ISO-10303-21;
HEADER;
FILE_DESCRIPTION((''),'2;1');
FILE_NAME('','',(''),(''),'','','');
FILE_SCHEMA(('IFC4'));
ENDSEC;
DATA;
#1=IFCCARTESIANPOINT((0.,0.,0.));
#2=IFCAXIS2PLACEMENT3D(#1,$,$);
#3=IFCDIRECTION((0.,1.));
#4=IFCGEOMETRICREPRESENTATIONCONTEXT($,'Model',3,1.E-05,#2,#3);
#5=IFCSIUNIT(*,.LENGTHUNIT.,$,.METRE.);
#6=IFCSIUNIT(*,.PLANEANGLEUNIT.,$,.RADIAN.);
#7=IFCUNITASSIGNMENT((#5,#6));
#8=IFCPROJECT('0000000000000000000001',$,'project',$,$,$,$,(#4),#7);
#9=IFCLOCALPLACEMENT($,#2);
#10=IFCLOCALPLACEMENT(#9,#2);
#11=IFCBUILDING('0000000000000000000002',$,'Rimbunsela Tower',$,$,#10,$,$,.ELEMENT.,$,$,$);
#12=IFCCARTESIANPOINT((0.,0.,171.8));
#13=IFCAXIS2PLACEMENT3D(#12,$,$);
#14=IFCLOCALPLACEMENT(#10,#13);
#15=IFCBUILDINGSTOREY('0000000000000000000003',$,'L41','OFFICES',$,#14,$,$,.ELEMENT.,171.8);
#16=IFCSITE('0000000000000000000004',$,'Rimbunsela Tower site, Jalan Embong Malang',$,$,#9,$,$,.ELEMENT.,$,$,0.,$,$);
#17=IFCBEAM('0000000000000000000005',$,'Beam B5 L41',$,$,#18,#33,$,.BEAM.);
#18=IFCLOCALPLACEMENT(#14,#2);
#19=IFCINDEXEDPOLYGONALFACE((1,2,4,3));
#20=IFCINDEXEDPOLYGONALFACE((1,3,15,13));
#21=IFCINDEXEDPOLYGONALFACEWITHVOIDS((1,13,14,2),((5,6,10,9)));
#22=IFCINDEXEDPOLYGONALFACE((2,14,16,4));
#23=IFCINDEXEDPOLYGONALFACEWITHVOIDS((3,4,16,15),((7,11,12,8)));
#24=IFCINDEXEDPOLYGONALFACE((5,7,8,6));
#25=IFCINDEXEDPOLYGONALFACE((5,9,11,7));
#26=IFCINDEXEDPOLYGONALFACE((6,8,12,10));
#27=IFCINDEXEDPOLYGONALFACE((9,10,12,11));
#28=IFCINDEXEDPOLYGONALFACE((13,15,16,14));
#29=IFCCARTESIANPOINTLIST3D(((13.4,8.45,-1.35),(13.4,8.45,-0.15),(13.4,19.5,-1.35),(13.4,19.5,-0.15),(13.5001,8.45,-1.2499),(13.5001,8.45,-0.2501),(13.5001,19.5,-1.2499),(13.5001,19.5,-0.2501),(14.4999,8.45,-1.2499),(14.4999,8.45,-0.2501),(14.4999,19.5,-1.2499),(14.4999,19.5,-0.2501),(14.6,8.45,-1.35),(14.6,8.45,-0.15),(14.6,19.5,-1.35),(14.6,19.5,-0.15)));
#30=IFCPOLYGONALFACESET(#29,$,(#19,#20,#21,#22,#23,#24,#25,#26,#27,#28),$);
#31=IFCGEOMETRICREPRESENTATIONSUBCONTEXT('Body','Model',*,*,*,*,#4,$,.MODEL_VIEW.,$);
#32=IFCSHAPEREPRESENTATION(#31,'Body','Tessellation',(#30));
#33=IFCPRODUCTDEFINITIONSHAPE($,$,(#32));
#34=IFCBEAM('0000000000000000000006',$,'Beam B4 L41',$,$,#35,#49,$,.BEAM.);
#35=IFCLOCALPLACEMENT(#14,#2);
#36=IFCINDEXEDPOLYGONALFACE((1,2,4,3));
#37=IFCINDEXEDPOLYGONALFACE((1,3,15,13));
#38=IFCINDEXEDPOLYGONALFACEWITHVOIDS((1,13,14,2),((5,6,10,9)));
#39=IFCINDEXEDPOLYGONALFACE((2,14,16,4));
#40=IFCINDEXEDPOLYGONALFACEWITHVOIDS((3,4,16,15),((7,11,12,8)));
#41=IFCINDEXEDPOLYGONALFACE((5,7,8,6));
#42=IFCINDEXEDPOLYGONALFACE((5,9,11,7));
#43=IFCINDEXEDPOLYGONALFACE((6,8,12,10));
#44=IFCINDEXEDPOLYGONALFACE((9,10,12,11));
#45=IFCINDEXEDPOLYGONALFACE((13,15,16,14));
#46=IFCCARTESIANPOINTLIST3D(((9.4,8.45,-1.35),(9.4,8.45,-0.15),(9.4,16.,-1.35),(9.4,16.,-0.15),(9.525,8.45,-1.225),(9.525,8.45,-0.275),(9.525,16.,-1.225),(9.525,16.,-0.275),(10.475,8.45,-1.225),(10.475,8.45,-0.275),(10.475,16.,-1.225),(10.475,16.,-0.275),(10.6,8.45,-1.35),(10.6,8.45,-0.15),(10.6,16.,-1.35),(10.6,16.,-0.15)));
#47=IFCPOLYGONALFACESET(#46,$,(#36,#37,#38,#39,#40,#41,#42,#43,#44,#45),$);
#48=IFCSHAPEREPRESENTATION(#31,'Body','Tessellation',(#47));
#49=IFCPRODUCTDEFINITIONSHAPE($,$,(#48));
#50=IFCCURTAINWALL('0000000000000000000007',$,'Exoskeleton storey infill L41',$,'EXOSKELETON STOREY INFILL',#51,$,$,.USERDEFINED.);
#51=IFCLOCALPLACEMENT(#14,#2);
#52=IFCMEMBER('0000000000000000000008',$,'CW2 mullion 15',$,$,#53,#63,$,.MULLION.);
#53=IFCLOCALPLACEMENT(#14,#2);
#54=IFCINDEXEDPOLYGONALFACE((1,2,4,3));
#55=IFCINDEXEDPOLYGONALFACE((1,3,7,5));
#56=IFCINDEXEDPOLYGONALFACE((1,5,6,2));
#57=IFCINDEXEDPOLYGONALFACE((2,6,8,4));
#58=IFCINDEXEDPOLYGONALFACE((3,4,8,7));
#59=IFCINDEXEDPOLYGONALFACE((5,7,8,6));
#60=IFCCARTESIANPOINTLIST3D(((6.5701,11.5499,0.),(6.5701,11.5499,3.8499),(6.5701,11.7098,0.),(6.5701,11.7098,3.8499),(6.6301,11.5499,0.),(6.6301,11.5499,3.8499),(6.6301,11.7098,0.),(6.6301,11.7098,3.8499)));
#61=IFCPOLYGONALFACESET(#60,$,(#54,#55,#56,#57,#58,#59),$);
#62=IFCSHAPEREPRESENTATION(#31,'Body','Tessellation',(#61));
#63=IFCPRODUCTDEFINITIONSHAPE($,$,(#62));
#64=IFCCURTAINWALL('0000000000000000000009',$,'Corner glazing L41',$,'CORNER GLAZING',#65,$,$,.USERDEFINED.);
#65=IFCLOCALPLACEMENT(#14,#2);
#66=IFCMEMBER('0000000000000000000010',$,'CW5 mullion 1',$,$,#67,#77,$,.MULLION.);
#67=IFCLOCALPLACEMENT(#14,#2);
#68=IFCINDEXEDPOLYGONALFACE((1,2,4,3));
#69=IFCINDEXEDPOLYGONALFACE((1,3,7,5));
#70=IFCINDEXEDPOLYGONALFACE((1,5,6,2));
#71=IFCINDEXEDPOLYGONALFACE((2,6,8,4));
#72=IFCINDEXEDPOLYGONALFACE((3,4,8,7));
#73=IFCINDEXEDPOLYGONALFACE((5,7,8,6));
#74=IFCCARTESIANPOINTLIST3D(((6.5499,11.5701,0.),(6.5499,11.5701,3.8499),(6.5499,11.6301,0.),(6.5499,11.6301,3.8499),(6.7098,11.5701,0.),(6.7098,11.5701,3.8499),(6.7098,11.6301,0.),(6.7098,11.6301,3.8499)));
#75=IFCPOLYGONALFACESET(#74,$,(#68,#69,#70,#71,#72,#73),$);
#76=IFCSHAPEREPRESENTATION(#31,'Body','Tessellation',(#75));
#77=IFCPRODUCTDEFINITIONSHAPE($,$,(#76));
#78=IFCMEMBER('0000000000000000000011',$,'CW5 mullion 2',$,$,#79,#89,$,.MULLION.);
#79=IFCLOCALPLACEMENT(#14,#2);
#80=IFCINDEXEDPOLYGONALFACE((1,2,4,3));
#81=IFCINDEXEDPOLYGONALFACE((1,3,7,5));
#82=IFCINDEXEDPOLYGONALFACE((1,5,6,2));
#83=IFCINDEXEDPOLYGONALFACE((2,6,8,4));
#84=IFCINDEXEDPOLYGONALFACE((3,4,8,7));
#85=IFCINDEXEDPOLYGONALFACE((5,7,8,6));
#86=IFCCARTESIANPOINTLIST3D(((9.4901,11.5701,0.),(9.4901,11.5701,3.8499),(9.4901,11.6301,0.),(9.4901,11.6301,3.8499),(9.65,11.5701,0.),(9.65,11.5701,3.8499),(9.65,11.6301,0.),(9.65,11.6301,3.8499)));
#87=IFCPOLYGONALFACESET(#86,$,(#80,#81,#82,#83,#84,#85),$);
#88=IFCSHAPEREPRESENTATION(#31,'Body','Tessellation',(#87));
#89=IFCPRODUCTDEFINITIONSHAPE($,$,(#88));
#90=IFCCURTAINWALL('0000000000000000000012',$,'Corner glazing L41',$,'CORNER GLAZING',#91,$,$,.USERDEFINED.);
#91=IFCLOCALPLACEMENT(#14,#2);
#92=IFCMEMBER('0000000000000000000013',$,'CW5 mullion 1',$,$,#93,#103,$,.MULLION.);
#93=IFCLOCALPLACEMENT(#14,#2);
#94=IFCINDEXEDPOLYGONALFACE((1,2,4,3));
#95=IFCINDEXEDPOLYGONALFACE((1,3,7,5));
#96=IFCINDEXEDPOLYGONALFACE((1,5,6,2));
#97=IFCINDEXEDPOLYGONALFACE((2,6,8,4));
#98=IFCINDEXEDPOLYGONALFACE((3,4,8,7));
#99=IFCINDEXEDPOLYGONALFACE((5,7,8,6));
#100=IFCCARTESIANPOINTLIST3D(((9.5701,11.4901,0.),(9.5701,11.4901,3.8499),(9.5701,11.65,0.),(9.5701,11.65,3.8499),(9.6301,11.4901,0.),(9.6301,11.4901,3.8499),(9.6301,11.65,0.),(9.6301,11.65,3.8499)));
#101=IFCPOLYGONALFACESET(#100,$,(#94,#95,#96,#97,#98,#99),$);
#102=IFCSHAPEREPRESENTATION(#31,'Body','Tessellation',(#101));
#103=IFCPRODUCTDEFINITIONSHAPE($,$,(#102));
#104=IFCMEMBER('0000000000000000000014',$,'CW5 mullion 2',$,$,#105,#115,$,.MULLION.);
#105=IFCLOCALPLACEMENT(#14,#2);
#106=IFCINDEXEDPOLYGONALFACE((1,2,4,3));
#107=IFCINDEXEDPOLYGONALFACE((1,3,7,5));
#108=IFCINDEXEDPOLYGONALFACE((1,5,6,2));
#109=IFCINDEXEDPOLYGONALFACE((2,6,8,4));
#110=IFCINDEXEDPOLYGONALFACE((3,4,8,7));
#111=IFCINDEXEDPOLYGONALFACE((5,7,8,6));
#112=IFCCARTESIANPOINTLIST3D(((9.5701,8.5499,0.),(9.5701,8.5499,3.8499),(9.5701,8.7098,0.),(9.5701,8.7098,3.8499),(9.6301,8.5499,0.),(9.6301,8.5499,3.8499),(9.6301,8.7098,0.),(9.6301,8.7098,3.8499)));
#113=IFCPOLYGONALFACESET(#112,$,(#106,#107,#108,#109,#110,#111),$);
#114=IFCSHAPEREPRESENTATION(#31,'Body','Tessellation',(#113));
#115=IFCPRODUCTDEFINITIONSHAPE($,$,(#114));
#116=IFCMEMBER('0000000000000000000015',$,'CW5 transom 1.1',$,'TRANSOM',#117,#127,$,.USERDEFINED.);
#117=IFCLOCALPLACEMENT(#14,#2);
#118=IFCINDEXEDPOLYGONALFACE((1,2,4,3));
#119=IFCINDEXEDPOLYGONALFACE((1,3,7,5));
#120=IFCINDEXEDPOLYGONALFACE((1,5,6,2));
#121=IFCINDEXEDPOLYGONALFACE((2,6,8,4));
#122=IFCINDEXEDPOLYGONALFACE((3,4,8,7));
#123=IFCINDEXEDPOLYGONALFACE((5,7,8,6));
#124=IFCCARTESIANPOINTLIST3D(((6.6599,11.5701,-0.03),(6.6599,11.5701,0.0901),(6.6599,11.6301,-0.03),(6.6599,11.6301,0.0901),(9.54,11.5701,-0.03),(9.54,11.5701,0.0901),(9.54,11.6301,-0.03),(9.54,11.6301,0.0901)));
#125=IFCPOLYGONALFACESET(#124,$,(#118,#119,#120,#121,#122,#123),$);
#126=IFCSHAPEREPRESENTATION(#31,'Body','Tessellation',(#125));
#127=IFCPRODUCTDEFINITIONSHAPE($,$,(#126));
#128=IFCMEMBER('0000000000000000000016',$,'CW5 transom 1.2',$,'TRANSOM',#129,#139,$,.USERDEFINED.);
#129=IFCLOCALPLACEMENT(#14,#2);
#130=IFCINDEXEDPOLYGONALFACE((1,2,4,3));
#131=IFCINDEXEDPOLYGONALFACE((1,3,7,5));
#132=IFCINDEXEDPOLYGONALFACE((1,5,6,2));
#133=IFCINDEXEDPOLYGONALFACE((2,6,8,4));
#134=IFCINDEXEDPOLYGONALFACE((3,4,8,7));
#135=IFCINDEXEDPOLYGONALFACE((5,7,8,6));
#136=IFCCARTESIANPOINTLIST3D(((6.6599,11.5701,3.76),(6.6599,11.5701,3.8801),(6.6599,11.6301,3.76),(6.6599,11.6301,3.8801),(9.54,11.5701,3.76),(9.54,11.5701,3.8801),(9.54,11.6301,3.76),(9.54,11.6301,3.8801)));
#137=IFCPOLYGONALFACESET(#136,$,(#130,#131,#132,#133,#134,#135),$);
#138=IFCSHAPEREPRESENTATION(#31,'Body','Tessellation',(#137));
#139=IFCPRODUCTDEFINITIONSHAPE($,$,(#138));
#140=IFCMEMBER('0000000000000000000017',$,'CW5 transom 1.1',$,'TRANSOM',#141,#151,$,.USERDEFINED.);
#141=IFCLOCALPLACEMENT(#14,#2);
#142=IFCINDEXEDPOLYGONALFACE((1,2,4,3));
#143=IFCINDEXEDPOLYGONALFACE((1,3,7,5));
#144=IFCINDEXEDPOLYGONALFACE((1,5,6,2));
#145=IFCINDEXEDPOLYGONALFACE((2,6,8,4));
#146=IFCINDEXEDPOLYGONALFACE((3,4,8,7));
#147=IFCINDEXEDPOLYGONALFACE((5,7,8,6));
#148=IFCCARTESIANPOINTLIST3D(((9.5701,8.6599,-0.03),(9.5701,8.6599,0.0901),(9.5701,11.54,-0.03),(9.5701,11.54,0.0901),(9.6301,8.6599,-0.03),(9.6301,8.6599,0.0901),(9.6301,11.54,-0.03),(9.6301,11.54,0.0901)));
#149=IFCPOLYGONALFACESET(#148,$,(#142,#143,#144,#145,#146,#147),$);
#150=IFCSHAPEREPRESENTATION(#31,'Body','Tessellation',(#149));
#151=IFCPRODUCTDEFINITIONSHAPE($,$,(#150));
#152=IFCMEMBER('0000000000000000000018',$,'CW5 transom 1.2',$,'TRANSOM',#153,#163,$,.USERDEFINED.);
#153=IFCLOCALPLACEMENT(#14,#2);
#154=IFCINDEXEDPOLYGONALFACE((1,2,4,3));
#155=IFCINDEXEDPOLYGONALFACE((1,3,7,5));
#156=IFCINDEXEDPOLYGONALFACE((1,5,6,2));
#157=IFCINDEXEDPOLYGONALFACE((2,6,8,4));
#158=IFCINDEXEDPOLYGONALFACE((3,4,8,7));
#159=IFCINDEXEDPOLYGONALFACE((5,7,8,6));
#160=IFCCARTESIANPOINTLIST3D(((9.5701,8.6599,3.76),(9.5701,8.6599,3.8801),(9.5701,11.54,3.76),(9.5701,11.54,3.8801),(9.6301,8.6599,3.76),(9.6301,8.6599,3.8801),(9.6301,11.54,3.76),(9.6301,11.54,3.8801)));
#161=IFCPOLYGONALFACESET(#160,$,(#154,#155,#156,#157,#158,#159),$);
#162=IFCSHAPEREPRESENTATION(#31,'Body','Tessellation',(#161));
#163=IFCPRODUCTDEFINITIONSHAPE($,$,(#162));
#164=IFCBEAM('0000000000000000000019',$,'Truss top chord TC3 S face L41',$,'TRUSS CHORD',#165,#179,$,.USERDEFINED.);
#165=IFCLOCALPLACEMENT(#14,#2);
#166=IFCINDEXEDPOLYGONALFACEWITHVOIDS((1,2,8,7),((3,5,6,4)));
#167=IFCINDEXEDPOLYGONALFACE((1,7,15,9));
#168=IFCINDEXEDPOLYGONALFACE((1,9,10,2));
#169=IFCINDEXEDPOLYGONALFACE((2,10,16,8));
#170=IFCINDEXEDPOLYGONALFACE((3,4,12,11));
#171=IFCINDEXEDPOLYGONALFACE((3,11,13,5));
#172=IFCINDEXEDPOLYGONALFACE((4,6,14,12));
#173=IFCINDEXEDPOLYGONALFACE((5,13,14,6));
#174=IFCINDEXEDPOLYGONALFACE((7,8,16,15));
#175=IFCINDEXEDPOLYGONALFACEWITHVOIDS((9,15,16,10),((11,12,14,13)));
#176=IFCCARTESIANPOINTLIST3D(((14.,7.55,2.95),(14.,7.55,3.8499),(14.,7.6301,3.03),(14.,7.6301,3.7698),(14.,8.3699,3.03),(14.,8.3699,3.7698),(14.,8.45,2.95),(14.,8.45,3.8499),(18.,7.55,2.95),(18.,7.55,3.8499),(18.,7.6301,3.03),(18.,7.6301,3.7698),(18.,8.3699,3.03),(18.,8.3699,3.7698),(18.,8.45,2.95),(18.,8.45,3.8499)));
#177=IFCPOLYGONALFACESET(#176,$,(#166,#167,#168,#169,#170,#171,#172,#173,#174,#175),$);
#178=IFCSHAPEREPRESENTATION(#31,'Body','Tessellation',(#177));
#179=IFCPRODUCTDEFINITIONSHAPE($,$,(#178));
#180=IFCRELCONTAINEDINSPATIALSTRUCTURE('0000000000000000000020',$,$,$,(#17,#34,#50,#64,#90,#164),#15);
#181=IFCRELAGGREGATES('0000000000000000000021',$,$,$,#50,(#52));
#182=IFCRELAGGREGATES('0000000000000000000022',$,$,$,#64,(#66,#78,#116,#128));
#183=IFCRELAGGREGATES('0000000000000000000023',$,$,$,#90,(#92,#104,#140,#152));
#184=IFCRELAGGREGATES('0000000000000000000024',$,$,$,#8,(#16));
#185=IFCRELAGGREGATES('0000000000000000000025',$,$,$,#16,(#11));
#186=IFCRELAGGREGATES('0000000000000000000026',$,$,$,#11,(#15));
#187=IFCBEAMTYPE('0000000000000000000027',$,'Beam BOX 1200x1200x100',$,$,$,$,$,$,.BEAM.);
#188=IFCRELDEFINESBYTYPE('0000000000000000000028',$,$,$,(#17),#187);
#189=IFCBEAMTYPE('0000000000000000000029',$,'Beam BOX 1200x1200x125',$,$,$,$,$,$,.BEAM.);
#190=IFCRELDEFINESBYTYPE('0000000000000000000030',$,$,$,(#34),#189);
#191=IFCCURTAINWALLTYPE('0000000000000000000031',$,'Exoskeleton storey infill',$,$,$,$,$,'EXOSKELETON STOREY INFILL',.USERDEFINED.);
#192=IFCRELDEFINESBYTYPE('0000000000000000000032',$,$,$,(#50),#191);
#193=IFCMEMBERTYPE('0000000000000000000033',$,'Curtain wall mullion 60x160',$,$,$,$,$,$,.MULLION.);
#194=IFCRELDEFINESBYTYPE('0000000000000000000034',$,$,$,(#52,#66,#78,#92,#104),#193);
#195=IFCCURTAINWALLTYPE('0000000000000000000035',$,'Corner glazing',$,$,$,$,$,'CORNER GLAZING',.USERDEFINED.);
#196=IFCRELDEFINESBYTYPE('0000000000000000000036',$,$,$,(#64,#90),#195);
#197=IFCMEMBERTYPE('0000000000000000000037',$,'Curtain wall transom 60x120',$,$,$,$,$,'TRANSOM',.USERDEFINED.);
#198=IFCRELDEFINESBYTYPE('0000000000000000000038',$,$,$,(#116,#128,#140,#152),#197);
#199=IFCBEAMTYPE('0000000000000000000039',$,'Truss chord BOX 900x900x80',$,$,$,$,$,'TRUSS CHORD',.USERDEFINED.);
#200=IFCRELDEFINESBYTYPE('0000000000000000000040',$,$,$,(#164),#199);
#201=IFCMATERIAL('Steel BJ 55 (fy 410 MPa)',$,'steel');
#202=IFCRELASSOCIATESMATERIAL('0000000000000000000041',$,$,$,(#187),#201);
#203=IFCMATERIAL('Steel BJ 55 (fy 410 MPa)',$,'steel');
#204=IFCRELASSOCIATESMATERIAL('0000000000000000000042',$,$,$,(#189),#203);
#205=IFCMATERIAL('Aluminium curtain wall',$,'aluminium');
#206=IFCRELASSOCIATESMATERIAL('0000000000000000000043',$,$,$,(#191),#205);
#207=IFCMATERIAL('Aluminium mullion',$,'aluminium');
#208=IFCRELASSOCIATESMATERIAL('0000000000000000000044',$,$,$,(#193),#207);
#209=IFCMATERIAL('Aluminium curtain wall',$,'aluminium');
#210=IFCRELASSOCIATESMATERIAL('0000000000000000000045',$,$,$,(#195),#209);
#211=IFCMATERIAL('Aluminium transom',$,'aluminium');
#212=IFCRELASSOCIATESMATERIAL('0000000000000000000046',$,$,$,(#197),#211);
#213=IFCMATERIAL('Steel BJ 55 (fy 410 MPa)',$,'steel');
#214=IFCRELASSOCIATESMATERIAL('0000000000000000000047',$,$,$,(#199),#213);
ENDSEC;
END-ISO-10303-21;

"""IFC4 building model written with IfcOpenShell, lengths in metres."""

from ifc_helpers import new_model, si_unit, direction, frame, origin, origin_2d, place, context, subcontext, project, spatial, rectangle, hollow_rectangle, extrude, material, material_profile, profile_set, type_object, element, aggregate, save


model = new_model("IFC4")

# Units and contexts
model_context = context("Model", 3, precision=1e-05, world=origin(), true_north=direction((0.0, 1.0)))
body_context = subcontext(model_context, "Body", "Model", "MODEL_VIEW")
ifc_project = project(units=[si_unit("LENGTHUNIT", "METRE"), si_unit("PLANEANGLEUNIT", "RADIAN")], contexts=[model_context])

# Site, building, storey
site_placement = place(None, origin())
site = spatial("IfcSite", under=ifc_project, at=site_placement, Name="Rimbunsela Tower site, Jalan Embong Malang", CompositionType="ELEMENT", RefElevation=0.0)
building_placement = place(site_placement, origin())
building = spatial("IfcBuilding", under=site, at=building_placement, Name="Rimbunsela Tower", CompositionType="ELEMENT")
storey_placement = place(building_placement, frame((0.0, 0.0, 171.8)))
storey = spatial("IfcBuildingStorey", under=building, at=storey_placement, Name="L41", Description="OFFICES", CompositionType="ELEMENT", Elevation=171.8)

# Beams
ifc_material_1 = material(Name="Steel BJ 55 (fy 410 MPa)", Category="steel")
ifc_material_profile_1 = material_profile(ifc_material_1, hollow_rectangle(XDim=1.2, YDim=1.2, WallThickness=0.1001, at=origin_2d()), Name="BOX 1200x1200x100")
ifc_profile_set_1 = profile_set([ifc_material_profile_1], Name="Steel BJ 55 (fy 410 MPa)")
beam_type_1 = type_object("IfcBeamType", Name="Beam BOX 1200x1200x100", PredefinedType="BEAM", material=ifc_profile_set_1)
beam_1_placement = place(storey_placement, frame((14.0, 8.45, -0.75), z_axis=(0.0, 1.0, 0.0), x_axis=(-1.0, 0.0, 0.0)))
element("IfcBeam", 1, at=beam_1_placement, inside=storey, type_object=beam_type_1, Name="Beam B5 L41", PredefinedType="BEAM", context=body_context, shape_type="SweptSolid", body=[
    extrude(hollow_rectangle(XDim=1.2, YDim=1.2, WallThickness=0.1001, at=origin_2d()), origin(), (0.0, 0.0, 1.0), 11.05),
])
ifc_material_2 = material(Name="Steel BJ 55 (fy 410 MPa)", Category="steel")
ifc_material_profile_2 = material_profile(ifc_material_2, hollow_rectangle(XDim=1.2, YDim=1.2, WallThickness=0.125, at=origin_2d()), Name="BOX 1200x1200x125")
ifc_profile_set_2 = profile_set([ifc_material_profile_2], Name="Steel BJ 55 (fy 410 MPa)")
beam_type_2 = type_object("IfcBeamType", Name="Beam BOX 1200x1200x125", PredefinedType="BEAM", material=ifc_profile_set_2)
beam_2_placement = place(storey_placement, frame((10.0, 8.45, -0.75), z_axis=(0.0, 1.0, 0.0), x_axis=(-1.0, 0.0, 0.0)))
element("IfcBeam", 2, at=beam_2_placement, inside=storey, type_object=beam_type_2, Name="Beam B4 L41", PredefinedType="BEAM", context=body_context, shape_type="SweptSolid", body=[
    extrude(hollow_rectangle(XDim=1.2, YDim=1.2, WallThickness=0.125, at=origin_2d()), origin(), (0.0, 0.0, 1.0), 7.55),
])

# Curtain wall, member
ifc_material_3 = material(Name="Aluminium curtain wall", Category="aluminium")
curtain_wall_type_1 = type_object("IfcCurtainWallType", Name="Exoskeleton storey infill", ElementType="EXOSKELETON STOREY INFILL", PredefinedType="USERDEFINED", material=ifc_material_3)
curtain_wall_1_placement = place(storey_placement, origin())
curtain_wall_1 = element("IfcCurtainWall", 3, at=curtain_wall_1_placement, inside=storey, type_object=curtain_wall_type_1, Name="Exoskeleton storey infill L41", ObjectType="EXOSKELETON STOREY INFILL", PredefinedType="USERDEFINED")
ifc_material_4 = material(Name="Aluminium mullion", Category="aluminium")
ifc_material_profile_3 = material_profile(ifc_material_4, rectangle(XDim=0.0601, YDim=0.1599, at=origin_2d()), Name="Mullion 60x160")
ifc_profile_set_3 = profile_set([ifc_material_profile_3], Name="Aluminium mullion")
member_type_1 = type_object("IfcMemberType", Name="Curtain wall mullion 60x160", PredefinedType="MULLION", material=ifc_profile_set_3)
member_1_placement = place(storey_placement, frame((6.6001, 11.6299, 0.0), z_axis=(0.0, 0.0, 1.0), x_axis=(1.0, 0.0, 0.0)))
member_1 = element("IfcMember", 4, at=member_1_placement, type_object=member_type_1, Name="CW2 mullion 15", PredefinedType="MULLION", context=body_context, shape_type="SweptSolid", body=[
    extrude(rectangle(XDim=0.0601, YDim=0.1599, at=origin_2d()), origin(), (0.0, 0.0, 1.0), 3.8499),
])
aggregate(curtain_wall_1, [member_1])

# Curtain walls, members
ifc_material_5 = material(Name="Aluminium curtain wall", Category="aluminium")
curtain_wall_type_2 = type_object("IfcCurtainWallType", Name="Corner glazing", ElementType="CORNER GLAZING", PredefinedType="USERDEFINED", material=ifc_material_5)
curtain_wall_2_placement = place(storey_placement, origin())
curtain_wall_2 = element("IfcCurtainWall", 5, at=curtain_wall_2_placement, inside=storey, type_object=curtain_wall_type_2, Name="Corner glazing L41", ObjectType="CORNER GLAZING", PredefinedType="USERDEFINED")
member_2_placement = place(storey_placement, frame((6.6299, 11.6001, 0.0), z_axis=(0.0, 0.0, 1.0), x_axis=(0.0, 1.0, 0.0)))
member_2 = element("IfcMember", 6, at=member_2_placement, type_object=member_type_1, Name="CW5 mullion 1", PredefinedType="MULLION", context=body_context, shape_type="SweptSolid", body=[
    extrude(rectangle(XDim=0.0601, YDim=0.1599, at=origin_2d()), origin(), (0.0, 0.0, 1.0), 3.8499),
])
member_3_placement = place(storey_placement, frame((9.5701, 11.6001, 0.0), z_axis=(0.0, 0.0, 1.0), x_axis=(0.0, 1.0, 0.0)))
member_3 = element("IfcMember", 7, at=member_3_placement, type_object=member_type_1, Name="CW5 mullion 2", PredefinedType="MULLION", context=body_context, shape_type="SweptSolid", body=[
    extrude(rectangle(XDim=0.0601, YDim=0.1599, at=origin_2d()), origin(), (0.0, 0.0, 1.0), 3.8499),
])
curtain_wall_3_placement = place(storey_placement, origin())
curtain_wall_3 = element("IfcCurtainWall", 8, at=curtain_wall_3_placement, inside=storey, type_object=curtain_wall_type_2, Name="Corner glazing L41", ObjectType="CORNER GLAZING", PredefinedType="USERDEFINED")
member_4_placement = place(storey_placement, frame((9.6001, 11.5701, 0.0), z_axis=(0.0, 0.0, 1.0), x_axis=(1.0, 0.0, 0.0)))
member_4 = element("IfcMember", 9, at=member_4_placement, type_object=member_type_1, Name="CW5 mullion 1", PredefinedType="MULLION", context=body_context, shape_type="SweptSolid", body=[
    extrude(rectangle(XDim=0.0601, YDim=0.1599, at=origin_2d()), origin(), (0.0, 0.0, 1.0), 3.8499),
])
member_5_placement = place(storey_placement, frame((9.6001, 8.6299, 0.0), z_axis=(0.0, 0.0, 1.0), x_axis=(1.0, 0.0, 0.0)))
member_5 = element("IfcMember", 10, at=member_5_placement, type_object=member_type_1, Name="CW5 mullion 2", PredefinedType="MULLION", context=body_context, shape_type="SweptSolid", body=[
    extrude(rectangle(XDim=0.0601, YDim=0.1599, at=origin_2d()), origin(), (0.0, 0.0, 1.0), 3.8499),
])

# Members
ifc_material_6 = material(Name="Aluminium transom", Category="aluminium")
ifc_material_profile_4 = material_profile(ifc_material_6, rectangle(XDim=0.0601, YDim=0.1201, at=origin_2d()), Name="Transom 60x120")
ifc_profile_set_4 = profile_set([ifc_material_profile_4], Name="Aluminium transom")
member_type_2 = type_object("IfcMemberType", Name="Curtain wall transom 60x120", ElementType="TRANSOM", PredefinedType="USERDEFINED", material=ifc_profile_set_4)
member_6_placement = place(storey_placement, frame((6.6599, 11.6001, 0.03), z_axis=(1.0, 0.0, 0.0), x_axis=(0.0, 1.0, 0.0)))
member_6 = element("IfcMember", 11, at=member_6_placement, type_object=member_type_2, Name="CW5 transom 1.1", ObjectType="TRANSOM", PredefinedType="USERDEFINED", context=body_context, shape_type="SweptSolid", body=[
    extrude(rectangle(XDim=0.0601, YDim=0.1201, at=origin_2d()), origin(), (0.0, 0.0, 1.0), 2.8801),
])
member_7_placement = place(storey_placement, frame((6.6599, 11.6001, 3.8201), z_axis=(1.0, 0.0, 0.0), x_axis=(0.0, 1.0, 0.0)))
member_7 = element("IfcMember", 12, at=member_7_placement, type_object=member_type_2, Name="CW5 transom 1.2", ObjectType="TRANSOM", PredefinedType="USERDEFINED", context=body_context, shape_type="SweptSolid", body=[
    extrude(rectangle(XDim=0.0601, YDim=0.1201, at=origin_2d()), origin(), (0.0, 0.0, 1.0), 2.8801),
])
member_8_placement = place(storey_placement, frame((9.6001, 11.54, 0.03), z_axis=(0.0, -1.0, 0.0), x_axis=(1.0, 0.0, 0.0)))
member_8 = element("IfcMember", 13, at=member_8_placement, type_object=member_type_2, Name="CW5 transom 1.1", ObjectType="TRANSOM", PredefinedType="USERDEFINED", context=body_context, shape_type="SweptSolid", body=[
    extrude(rectangle(XDim=0.0601, YDim=0.1201, at=origin_2d()), origin(), (0.0, 0.0, 1.0), 2.8801),
])
member_9_placement = place(storey_placement, frame((9.6001, 11.54, 3.8201), z_axis=(0.0, -1.0, 0.0), x_axis=(1.0, 0.0, 0.0)))
member_9 = element("IfcMember", 14, at=member_9_placement, type_object=member_type_2, Name="CW5 transom 1.2", ObjectType="TRANSOM", PredefinedType="USERDEFINED", context=body_context, shape_type="SweptSolid", body=[
    extrude(rectangle(XDim=0.0601, YDim=0.1201, at=origin_2d()), origin(), (0.0, 0.0, 1.0), 2.8801),
])

# Beam
ifc_material_7 = material(Name="Steel BJ 55 (fy 410 MPa)", Category="steel")
ifc_material_profile_5 = material_profile(ifc_material_7, hollow_rectangle(XDim=0.8999, YDim=0.8999, WallThickness=0.0801, at=origin_2d()), Name="BOX 900x900x80")
ifc_profile_set_5 = profile_set([ifc_material_profile_5], Name="Steel BJ 55 (fy 410 MPa)")
beam_type_3 = type_object("IfcBeamType", Name="Truss chord BOX 900x900x80", ElementType="TRUSS CHORD", PredefinedType="USERDEFINED", material=ifc_profile_set_5)
beam_3_placement = place(storey_placement, frame((14.0, 8.0, 3.3999), z_axis=(1.0, 0.0, 0.0), x_axis=(0.0, 1.0, 0.0)))
element("IfcBeam", 15, at=beam_3_placement, inside=storey, type_object=beam_type_3, Name="Truss top chord TC3 S face L41", ObjectType="TRUSS CHORD", PredefinedType="USERDEFINED", context=body_context, shape_type="SweptSolid", body=[
    extrude(hollow_rectangle(XDim=0.8999, YDim=0.8999, WallThickness=0.0801, at=origin_2d()), origin(), (0.0, 0.0, 1.0), 4.0),
])

aggregate(curtain_wall_2, [member_2, member_3, member_6, member_7])
aggregate(curtain_wall_3, [member_4, member_5, member_8, member_9])

save(model, "model.ifc")
